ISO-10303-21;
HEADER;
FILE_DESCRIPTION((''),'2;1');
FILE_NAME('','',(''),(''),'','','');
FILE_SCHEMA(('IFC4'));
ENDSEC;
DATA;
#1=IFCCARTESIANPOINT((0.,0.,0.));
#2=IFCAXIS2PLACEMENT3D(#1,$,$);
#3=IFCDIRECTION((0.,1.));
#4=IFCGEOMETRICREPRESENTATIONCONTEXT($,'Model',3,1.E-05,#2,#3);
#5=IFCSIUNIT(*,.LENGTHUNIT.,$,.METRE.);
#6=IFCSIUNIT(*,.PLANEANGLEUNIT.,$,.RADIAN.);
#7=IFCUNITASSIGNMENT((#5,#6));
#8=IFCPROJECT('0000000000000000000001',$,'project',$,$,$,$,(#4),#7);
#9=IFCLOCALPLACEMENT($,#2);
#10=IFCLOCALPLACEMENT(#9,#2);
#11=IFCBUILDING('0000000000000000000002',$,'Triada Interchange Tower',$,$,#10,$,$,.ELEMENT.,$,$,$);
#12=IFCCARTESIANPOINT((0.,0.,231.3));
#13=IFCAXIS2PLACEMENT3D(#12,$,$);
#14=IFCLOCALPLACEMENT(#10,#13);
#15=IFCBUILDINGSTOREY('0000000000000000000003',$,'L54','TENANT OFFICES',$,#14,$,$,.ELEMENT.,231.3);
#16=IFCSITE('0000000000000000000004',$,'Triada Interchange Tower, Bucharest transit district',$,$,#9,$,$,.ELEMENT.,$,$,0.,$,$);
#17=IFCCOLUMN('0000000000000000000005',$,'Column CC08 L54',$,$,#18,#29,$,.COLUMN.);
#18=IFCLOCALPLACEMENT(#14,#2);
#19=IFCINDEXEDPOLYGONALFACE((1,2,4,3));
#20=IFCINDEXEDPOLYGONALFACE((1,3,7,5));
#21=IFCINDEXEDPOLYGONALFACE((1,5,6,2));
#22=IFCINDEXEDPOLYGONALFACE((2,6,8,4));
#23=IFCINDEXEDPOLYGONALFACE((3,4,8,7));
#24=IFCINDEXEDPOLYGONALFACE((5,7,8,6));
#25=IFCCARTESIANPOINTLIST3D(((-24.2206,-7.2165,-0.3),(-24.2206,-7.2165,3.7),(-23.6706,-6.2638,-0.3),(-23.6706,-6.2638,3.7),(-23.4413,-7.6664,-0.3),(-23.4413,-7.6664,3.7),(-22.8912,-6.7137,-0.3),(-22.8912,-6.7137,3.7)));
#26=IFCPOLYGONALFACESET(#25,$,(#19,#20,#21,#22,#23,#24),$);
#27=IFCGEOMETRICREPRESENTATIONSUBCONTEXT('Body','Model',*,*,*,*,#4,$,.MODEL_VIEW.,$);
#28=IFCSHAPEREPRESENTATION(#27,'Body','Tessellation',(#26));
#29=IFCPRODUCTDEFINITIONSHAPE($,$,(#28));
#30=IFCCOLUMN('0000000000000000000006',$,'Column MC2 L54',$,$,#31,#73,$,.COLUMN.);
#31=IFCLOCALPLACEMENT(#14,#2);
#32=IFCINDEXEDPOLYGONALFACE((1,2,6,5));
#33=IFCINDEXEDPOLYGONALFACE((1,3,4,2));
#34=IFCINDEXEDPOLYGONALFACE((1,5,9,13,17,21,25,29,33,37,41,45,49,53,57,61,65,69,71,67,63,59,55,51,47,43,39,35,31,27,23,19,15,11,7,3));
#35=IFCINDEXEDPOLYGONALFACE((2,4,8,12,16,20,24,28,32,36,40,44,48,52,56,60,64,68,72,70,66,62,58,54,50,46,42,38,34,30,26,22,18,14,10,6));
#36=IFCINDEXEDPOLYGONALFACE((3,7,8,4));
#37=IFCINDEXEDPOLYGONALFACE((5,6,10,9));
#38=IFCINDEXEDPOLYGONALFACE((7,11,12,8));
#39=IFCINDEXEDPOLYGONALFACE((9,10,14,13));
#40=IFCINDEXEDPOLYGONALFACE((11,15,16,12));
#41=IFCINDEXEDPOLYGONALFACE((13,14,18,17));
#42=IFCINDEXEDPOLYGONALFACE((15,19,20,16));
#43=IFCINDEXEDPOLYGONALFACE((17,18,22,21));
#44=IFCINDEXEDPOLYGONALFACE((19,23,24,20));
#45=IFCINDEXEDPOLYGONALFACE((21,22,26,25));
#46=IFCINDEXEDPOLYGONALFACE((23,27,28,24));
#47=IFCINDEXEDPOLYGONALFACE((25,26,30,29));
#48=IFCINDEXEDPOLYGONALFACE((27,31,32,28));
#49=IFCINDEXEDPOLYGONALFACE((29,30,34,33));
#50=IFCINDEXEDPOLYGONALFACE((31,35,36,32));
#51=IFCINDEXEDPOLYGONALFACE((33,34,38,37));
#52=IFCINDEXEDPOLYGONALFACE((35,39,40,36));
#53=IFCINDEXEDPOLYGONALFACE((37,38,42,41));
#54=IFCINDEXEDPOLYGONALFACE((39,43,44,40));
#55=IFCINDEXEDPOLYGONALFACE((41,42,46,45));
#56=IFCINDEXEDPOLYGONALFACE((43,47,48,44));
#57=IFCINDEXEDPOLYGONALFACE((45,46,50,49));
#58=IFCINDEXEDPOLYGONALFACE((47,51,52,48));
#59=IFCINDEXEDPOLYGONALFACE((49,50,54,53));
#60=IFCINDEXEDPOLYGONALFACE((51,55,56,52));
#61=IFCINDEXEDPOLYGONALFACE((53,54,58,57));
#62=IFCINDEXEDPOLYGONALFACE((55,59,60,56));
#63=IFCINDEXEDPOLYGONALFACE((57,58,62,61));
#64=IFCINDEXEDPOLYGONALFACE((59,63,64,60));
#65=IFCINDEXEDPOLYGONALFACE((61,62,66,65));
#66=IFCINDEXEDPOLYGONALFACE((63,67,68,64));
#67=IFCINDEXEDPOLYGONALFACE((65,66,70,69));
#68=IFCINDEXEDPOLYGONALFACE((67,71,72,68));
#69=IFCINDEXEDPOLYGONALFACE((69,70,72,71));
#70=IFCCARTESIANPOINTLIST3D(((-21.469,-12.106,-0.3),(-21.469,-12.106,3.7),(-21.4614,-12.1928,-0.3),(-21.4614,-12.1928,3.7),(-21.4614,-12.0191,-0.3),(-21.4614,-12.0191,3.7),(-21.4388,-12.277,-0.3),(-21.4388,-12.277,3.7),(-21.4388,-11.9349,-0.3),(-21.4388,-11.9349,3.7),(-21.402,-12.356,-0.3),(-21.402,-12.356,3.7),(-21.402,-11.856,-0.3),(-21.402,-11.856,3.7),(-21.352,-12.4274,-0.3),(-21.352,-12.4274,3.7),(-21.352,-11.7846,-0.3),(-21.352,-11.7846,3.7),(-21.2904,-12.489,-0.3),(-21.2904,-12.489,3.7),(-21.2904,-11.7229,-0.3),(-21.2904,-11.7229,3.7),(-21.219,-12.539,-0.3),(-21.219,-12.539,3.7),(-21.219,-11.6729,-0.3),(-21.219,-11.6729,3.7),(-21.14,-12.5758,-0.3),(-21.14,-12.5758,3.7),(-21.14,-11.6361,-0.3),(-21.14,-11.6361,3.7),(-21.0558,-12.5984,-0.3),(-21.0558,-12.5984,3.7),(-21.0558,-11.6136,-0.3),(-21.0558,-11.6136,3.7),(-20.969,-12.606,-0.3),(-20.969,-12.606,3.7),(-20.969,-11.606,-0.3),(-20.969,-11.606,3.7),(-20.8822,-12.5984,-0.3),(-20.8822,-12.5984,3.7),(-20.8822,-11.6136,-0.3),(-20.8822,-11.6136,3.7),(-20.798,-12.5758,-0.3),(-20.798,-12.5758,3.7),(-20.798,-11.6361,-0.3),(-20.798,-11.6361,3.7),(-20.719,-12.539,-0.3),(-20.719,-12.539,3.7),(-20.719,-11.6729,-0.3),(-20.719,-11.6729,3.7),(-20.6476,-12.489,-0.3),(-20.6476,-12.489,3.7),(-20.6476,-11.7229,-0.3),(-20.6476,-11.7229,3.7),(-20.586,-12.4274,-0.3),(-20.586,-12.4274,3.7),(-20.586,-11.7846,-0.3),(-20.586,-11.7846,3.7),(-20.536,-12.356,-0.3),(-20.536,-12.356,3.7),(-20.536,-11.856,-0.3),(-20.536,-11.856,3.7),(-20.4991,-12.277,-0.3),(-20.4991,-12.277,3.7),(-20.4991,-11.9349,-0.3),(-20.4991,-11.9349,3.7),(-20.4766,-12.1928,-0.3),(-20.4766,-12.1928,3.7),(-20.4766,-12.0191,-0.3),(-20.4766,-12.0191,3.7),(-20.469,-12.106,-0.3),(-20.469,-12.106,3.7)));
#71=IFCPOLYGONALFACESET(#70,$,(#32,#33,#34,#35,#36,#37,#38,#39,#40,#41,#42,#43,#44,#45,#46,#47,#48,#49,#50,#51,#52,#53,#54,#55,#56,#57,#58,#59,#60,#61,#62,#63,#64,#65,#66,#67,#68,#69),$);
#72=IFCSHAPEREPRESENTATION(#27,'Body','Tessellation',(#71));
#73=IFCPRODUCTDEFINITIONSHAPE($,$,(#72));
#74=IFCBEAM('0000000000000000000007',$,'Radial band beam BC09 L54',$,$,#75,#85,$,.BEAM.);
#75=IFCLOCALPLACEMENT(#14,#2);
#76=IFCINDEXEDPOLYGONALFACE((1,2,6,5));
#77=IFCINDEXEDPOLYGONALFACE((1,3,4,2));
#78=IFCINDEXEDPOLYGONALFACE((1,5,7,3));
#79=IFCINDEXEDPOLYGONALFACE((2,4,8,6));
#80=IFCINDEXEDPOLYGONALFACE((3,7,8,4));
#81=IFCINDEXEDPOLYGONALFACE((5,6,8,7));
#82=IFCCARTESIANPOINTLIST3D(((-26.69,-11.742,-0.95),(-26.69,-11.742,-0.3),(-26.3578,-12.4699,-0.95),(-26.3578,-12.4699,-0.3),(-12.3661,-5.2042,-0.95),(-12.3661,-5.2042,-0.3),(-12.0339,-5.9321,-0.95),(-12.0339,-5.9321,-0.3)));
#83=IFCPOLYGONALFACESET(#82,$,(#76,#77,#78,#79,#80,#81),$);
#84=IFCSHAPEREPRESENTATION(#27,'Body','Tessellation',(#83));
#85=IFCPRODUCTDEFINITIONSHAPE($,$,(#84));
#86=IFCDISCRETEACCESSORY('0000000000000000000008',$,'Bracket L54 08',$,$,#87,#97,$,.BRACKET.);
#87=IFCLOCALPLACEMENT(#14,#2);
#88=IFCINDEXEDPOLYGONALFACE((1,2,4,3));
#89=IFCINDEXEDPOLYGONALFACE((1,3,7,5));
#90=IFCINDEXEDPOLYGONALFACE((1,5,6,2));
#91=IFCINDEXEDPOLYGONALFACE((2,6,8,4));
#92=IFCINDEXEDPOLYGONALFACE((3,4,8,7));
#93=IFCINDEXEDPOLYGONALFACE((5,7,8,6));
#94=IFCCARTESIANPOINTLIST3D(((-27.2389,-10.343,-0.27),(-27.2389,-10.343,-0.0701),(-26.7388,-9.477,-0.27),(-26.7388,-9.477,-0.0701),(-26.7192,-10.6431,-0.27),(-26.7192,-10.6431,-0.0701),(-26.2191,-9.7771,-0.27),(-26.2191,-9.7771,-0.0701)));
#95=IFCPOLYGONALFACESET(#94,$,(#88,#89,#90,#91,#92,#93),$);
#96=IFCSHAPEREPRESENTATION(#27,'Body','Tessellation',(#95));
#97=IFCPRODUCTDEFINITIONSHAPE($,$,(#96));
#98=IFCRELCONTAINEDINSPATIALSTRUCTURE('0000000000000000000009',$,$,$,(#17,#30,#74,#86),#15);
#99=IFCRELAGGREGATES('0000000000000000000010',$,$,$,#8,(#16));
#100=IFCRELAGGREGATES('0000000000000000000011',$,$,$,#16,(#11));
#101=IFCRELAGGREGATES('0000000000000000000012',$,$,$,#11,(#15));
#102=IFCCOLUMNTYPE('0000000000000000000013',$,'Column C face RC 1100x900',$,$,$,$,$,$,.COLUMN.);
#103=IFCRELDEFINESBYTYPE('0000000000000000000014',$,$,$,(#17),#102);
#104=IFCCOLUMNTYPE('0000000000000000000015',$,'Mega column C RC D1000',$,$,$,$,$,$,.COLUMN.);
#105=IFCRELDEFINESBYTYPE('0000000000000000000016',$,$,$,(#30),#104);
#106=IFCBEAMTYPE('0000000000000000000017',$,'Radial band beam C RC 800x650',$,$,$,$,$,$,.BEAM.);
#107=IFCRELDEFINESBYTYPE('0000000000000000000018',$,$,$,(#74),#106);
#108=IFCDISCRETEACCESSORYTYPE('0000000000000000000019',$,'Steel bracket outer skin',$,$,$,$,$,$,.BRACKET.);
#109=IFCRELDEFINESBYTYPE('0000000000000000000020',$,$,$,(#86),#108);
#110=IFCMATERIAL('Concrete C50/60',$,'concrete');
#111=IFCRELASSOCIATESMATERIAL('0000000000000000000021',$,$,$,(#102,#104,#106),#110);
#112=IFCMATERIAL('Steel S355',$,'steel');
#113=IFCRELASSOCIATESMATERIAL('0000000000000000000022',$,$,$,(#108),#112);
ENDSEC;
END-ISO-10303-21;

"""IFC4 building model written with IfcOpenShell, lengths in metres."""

from ifc_helpers import new_model, si_unit, direction, frame, origin, origin_2d, place, context, subcontext, project, spatial, rectangle, circle, extrude, material, material_profile, profile_set, type_object, element, save


model = new_model("IFC4")

# Units and contexts
model_context = context("Model", 3, precision=1e-05, world=origin(), true_north=direction((0.0, 1.0)))
body_context = subcontext(model_context, "Body", "Model", "MODEL_VIEW")
ifc_project = project(units=[si_unit("LENGTHUNIT", "METRE"), si_unit("PLANEANGLEUNIT", "RADIAN")], contexts=[model_context])

# Site, building, storey
site_placement = place(None, origin())
site = spatial("IfcSite", under=ifc_project, at=site_placement, Name="Triada Interchange Tower, Bucharest transit district", CompositionType="ELEMENT", RefElevation=0.0)
building_placement = place(site_placement, origin())
building = spatial("IfcBuilding", under=site, at=building_placement, Name="Triada Interchange Tower", CompositionType="ELEMENT")
storey_placement = place(building_placement, frame((0.0, 0.0, 231.3)))
storey = spatial("IfcBuildingStorey", under=building, at=storey_placement, Name="L54", Description="TENANT OFFICES", CompositionType="ELEMENT", Elevation=231.3)

# Columns
ifc_material_1 = material(Name="Concrete C50/60", Category="concrete")
ifc_material_profile_1 = material_profile(ifc_material_1, rectangle(XDim=1.1001, YDim=0.8999, at=origin_2d()), Name="RC 1100x900")
ifc_profile_set_1 = profile_set([ifc_material_profile_1], Name="Concrete C50/60")
column_type_1 = type_object("IfcColumnType", Name="Column C face RC 1100x900", PredefinedType="COLUMN", material=ifc_profile_set_1)
column_1_placement = place(storey_placement, frame((-23.5559, -6.9651, -0.3), z_axis=(0.0, 0.0, 1.0), x_axis=(0.5, 0.866025, 0.0)))
element("IfcColumn", 1, at=column_1_placement, inside=storey, type_object=column_type_1, Name="Column CC08 L54", PredefinedType="COLUMN", context=body_context, shape_type="SweptSolid", body=[
    extrude(rectangle(XDim=1.1001, YDim=0.8999, at=origin_2d()), origin(), (0.0, 0.0, 1.0), 4.0),
])
ifc_material_profile_2 = material_profile(ifc_material_1, circle(Radius=0.5, at=origin_2d()), Name="RC D1000")
ifc_profile_set_2 = profile_set([ifc_material_profile_2], Name="Concrete C50/60")
column_type_2 = type_object("IfcColumnType", Name="Mega column C RC D1000", PredefinedType="COLUMN", material=ifc_profile_set_2)
column_2_placement = place(storey_placement, frame((-20.969, -12.106, -0.3), z_axis=(0.0, 0.0, 1.0), x_axis=(1.0, 0.0, 0.0)))
element("IfcColumn", 2, at=column_2_placement, inside=storey, type_object=column_type_2, Name="Column MC2 L54", PredefinedType="COLUMN", context=body_context, shape_type="SweptSolid", body=[
    extrude(circle(Radius=0.5, at=origin_2d()), origin(), (0.0, 0.0, 1.0), 4.0),
])

# Beam
ifc_material_profile_3 = material_profile(ifc_material_1, rectangle(XDim=0.8, YDim=0.6499, at=origin_2d()), Name="RC 800x650")
ifc_profile_set_3 = profile_set([ifc_material_profile_3], Name="Concrete C50/60")
beam_type = type_object("IfcBeamType", Name="Radial band beam C RC 800x650", PredefinedType="BEAM", material=ifc_profile_set_3)
beam_placement = place(storey_placement, frame((-26.5239, -12.106, -0.625), z_axis=(0.909721, 0.415221, 0.0), x_axis=(-0.415221, 0.909721, 0.0)))
element("IfcBeam", 3, at=beam_placement, inside=storey, type_object=beam_type, Name="Radial band beam BC09 L54", PredefinedType="BEAM", context=body_context, shape_type="SweptSolid", body=[
    extrude(rectangle(XDim=0.8, YDim=0.6499, at=origin_2d()), origin(), (0.0, 0.0, 1.0), 15.7454),
])

# Discrete accessory
ifc_material_2 = material(Name="Steel S355", Category="steel")
discrete_accessory_type = type_object("IfcDiscreteAccessoryType", Name="Steel bracket outer skin", PredefinedType="BRACKET", material=ifc_material_2)
discrete_accessory_placement = place(storey_placement, frame((-26.729, -10.0601, -0.27), z_axis=(0.0, 0.0, 1.0), x_axis=(-0.866014, 0.500019, 0.0)))
element("IfcDiscreteAccessory", 4, at=discrete_accessory_placement, inside=storey, type_object=discrete_accessory_type, Name="Bracket L54 08", PredefinedType="BRACKET", context=body_context, shape_type="SweptSolid", body=[
    extrude(rectangle(XDim=0.6001, YDim=1.0, at=origin_2d()), origin(), (0.0, 0.0, 1.0), 0.2),
])

save(model, "model.ifc")
